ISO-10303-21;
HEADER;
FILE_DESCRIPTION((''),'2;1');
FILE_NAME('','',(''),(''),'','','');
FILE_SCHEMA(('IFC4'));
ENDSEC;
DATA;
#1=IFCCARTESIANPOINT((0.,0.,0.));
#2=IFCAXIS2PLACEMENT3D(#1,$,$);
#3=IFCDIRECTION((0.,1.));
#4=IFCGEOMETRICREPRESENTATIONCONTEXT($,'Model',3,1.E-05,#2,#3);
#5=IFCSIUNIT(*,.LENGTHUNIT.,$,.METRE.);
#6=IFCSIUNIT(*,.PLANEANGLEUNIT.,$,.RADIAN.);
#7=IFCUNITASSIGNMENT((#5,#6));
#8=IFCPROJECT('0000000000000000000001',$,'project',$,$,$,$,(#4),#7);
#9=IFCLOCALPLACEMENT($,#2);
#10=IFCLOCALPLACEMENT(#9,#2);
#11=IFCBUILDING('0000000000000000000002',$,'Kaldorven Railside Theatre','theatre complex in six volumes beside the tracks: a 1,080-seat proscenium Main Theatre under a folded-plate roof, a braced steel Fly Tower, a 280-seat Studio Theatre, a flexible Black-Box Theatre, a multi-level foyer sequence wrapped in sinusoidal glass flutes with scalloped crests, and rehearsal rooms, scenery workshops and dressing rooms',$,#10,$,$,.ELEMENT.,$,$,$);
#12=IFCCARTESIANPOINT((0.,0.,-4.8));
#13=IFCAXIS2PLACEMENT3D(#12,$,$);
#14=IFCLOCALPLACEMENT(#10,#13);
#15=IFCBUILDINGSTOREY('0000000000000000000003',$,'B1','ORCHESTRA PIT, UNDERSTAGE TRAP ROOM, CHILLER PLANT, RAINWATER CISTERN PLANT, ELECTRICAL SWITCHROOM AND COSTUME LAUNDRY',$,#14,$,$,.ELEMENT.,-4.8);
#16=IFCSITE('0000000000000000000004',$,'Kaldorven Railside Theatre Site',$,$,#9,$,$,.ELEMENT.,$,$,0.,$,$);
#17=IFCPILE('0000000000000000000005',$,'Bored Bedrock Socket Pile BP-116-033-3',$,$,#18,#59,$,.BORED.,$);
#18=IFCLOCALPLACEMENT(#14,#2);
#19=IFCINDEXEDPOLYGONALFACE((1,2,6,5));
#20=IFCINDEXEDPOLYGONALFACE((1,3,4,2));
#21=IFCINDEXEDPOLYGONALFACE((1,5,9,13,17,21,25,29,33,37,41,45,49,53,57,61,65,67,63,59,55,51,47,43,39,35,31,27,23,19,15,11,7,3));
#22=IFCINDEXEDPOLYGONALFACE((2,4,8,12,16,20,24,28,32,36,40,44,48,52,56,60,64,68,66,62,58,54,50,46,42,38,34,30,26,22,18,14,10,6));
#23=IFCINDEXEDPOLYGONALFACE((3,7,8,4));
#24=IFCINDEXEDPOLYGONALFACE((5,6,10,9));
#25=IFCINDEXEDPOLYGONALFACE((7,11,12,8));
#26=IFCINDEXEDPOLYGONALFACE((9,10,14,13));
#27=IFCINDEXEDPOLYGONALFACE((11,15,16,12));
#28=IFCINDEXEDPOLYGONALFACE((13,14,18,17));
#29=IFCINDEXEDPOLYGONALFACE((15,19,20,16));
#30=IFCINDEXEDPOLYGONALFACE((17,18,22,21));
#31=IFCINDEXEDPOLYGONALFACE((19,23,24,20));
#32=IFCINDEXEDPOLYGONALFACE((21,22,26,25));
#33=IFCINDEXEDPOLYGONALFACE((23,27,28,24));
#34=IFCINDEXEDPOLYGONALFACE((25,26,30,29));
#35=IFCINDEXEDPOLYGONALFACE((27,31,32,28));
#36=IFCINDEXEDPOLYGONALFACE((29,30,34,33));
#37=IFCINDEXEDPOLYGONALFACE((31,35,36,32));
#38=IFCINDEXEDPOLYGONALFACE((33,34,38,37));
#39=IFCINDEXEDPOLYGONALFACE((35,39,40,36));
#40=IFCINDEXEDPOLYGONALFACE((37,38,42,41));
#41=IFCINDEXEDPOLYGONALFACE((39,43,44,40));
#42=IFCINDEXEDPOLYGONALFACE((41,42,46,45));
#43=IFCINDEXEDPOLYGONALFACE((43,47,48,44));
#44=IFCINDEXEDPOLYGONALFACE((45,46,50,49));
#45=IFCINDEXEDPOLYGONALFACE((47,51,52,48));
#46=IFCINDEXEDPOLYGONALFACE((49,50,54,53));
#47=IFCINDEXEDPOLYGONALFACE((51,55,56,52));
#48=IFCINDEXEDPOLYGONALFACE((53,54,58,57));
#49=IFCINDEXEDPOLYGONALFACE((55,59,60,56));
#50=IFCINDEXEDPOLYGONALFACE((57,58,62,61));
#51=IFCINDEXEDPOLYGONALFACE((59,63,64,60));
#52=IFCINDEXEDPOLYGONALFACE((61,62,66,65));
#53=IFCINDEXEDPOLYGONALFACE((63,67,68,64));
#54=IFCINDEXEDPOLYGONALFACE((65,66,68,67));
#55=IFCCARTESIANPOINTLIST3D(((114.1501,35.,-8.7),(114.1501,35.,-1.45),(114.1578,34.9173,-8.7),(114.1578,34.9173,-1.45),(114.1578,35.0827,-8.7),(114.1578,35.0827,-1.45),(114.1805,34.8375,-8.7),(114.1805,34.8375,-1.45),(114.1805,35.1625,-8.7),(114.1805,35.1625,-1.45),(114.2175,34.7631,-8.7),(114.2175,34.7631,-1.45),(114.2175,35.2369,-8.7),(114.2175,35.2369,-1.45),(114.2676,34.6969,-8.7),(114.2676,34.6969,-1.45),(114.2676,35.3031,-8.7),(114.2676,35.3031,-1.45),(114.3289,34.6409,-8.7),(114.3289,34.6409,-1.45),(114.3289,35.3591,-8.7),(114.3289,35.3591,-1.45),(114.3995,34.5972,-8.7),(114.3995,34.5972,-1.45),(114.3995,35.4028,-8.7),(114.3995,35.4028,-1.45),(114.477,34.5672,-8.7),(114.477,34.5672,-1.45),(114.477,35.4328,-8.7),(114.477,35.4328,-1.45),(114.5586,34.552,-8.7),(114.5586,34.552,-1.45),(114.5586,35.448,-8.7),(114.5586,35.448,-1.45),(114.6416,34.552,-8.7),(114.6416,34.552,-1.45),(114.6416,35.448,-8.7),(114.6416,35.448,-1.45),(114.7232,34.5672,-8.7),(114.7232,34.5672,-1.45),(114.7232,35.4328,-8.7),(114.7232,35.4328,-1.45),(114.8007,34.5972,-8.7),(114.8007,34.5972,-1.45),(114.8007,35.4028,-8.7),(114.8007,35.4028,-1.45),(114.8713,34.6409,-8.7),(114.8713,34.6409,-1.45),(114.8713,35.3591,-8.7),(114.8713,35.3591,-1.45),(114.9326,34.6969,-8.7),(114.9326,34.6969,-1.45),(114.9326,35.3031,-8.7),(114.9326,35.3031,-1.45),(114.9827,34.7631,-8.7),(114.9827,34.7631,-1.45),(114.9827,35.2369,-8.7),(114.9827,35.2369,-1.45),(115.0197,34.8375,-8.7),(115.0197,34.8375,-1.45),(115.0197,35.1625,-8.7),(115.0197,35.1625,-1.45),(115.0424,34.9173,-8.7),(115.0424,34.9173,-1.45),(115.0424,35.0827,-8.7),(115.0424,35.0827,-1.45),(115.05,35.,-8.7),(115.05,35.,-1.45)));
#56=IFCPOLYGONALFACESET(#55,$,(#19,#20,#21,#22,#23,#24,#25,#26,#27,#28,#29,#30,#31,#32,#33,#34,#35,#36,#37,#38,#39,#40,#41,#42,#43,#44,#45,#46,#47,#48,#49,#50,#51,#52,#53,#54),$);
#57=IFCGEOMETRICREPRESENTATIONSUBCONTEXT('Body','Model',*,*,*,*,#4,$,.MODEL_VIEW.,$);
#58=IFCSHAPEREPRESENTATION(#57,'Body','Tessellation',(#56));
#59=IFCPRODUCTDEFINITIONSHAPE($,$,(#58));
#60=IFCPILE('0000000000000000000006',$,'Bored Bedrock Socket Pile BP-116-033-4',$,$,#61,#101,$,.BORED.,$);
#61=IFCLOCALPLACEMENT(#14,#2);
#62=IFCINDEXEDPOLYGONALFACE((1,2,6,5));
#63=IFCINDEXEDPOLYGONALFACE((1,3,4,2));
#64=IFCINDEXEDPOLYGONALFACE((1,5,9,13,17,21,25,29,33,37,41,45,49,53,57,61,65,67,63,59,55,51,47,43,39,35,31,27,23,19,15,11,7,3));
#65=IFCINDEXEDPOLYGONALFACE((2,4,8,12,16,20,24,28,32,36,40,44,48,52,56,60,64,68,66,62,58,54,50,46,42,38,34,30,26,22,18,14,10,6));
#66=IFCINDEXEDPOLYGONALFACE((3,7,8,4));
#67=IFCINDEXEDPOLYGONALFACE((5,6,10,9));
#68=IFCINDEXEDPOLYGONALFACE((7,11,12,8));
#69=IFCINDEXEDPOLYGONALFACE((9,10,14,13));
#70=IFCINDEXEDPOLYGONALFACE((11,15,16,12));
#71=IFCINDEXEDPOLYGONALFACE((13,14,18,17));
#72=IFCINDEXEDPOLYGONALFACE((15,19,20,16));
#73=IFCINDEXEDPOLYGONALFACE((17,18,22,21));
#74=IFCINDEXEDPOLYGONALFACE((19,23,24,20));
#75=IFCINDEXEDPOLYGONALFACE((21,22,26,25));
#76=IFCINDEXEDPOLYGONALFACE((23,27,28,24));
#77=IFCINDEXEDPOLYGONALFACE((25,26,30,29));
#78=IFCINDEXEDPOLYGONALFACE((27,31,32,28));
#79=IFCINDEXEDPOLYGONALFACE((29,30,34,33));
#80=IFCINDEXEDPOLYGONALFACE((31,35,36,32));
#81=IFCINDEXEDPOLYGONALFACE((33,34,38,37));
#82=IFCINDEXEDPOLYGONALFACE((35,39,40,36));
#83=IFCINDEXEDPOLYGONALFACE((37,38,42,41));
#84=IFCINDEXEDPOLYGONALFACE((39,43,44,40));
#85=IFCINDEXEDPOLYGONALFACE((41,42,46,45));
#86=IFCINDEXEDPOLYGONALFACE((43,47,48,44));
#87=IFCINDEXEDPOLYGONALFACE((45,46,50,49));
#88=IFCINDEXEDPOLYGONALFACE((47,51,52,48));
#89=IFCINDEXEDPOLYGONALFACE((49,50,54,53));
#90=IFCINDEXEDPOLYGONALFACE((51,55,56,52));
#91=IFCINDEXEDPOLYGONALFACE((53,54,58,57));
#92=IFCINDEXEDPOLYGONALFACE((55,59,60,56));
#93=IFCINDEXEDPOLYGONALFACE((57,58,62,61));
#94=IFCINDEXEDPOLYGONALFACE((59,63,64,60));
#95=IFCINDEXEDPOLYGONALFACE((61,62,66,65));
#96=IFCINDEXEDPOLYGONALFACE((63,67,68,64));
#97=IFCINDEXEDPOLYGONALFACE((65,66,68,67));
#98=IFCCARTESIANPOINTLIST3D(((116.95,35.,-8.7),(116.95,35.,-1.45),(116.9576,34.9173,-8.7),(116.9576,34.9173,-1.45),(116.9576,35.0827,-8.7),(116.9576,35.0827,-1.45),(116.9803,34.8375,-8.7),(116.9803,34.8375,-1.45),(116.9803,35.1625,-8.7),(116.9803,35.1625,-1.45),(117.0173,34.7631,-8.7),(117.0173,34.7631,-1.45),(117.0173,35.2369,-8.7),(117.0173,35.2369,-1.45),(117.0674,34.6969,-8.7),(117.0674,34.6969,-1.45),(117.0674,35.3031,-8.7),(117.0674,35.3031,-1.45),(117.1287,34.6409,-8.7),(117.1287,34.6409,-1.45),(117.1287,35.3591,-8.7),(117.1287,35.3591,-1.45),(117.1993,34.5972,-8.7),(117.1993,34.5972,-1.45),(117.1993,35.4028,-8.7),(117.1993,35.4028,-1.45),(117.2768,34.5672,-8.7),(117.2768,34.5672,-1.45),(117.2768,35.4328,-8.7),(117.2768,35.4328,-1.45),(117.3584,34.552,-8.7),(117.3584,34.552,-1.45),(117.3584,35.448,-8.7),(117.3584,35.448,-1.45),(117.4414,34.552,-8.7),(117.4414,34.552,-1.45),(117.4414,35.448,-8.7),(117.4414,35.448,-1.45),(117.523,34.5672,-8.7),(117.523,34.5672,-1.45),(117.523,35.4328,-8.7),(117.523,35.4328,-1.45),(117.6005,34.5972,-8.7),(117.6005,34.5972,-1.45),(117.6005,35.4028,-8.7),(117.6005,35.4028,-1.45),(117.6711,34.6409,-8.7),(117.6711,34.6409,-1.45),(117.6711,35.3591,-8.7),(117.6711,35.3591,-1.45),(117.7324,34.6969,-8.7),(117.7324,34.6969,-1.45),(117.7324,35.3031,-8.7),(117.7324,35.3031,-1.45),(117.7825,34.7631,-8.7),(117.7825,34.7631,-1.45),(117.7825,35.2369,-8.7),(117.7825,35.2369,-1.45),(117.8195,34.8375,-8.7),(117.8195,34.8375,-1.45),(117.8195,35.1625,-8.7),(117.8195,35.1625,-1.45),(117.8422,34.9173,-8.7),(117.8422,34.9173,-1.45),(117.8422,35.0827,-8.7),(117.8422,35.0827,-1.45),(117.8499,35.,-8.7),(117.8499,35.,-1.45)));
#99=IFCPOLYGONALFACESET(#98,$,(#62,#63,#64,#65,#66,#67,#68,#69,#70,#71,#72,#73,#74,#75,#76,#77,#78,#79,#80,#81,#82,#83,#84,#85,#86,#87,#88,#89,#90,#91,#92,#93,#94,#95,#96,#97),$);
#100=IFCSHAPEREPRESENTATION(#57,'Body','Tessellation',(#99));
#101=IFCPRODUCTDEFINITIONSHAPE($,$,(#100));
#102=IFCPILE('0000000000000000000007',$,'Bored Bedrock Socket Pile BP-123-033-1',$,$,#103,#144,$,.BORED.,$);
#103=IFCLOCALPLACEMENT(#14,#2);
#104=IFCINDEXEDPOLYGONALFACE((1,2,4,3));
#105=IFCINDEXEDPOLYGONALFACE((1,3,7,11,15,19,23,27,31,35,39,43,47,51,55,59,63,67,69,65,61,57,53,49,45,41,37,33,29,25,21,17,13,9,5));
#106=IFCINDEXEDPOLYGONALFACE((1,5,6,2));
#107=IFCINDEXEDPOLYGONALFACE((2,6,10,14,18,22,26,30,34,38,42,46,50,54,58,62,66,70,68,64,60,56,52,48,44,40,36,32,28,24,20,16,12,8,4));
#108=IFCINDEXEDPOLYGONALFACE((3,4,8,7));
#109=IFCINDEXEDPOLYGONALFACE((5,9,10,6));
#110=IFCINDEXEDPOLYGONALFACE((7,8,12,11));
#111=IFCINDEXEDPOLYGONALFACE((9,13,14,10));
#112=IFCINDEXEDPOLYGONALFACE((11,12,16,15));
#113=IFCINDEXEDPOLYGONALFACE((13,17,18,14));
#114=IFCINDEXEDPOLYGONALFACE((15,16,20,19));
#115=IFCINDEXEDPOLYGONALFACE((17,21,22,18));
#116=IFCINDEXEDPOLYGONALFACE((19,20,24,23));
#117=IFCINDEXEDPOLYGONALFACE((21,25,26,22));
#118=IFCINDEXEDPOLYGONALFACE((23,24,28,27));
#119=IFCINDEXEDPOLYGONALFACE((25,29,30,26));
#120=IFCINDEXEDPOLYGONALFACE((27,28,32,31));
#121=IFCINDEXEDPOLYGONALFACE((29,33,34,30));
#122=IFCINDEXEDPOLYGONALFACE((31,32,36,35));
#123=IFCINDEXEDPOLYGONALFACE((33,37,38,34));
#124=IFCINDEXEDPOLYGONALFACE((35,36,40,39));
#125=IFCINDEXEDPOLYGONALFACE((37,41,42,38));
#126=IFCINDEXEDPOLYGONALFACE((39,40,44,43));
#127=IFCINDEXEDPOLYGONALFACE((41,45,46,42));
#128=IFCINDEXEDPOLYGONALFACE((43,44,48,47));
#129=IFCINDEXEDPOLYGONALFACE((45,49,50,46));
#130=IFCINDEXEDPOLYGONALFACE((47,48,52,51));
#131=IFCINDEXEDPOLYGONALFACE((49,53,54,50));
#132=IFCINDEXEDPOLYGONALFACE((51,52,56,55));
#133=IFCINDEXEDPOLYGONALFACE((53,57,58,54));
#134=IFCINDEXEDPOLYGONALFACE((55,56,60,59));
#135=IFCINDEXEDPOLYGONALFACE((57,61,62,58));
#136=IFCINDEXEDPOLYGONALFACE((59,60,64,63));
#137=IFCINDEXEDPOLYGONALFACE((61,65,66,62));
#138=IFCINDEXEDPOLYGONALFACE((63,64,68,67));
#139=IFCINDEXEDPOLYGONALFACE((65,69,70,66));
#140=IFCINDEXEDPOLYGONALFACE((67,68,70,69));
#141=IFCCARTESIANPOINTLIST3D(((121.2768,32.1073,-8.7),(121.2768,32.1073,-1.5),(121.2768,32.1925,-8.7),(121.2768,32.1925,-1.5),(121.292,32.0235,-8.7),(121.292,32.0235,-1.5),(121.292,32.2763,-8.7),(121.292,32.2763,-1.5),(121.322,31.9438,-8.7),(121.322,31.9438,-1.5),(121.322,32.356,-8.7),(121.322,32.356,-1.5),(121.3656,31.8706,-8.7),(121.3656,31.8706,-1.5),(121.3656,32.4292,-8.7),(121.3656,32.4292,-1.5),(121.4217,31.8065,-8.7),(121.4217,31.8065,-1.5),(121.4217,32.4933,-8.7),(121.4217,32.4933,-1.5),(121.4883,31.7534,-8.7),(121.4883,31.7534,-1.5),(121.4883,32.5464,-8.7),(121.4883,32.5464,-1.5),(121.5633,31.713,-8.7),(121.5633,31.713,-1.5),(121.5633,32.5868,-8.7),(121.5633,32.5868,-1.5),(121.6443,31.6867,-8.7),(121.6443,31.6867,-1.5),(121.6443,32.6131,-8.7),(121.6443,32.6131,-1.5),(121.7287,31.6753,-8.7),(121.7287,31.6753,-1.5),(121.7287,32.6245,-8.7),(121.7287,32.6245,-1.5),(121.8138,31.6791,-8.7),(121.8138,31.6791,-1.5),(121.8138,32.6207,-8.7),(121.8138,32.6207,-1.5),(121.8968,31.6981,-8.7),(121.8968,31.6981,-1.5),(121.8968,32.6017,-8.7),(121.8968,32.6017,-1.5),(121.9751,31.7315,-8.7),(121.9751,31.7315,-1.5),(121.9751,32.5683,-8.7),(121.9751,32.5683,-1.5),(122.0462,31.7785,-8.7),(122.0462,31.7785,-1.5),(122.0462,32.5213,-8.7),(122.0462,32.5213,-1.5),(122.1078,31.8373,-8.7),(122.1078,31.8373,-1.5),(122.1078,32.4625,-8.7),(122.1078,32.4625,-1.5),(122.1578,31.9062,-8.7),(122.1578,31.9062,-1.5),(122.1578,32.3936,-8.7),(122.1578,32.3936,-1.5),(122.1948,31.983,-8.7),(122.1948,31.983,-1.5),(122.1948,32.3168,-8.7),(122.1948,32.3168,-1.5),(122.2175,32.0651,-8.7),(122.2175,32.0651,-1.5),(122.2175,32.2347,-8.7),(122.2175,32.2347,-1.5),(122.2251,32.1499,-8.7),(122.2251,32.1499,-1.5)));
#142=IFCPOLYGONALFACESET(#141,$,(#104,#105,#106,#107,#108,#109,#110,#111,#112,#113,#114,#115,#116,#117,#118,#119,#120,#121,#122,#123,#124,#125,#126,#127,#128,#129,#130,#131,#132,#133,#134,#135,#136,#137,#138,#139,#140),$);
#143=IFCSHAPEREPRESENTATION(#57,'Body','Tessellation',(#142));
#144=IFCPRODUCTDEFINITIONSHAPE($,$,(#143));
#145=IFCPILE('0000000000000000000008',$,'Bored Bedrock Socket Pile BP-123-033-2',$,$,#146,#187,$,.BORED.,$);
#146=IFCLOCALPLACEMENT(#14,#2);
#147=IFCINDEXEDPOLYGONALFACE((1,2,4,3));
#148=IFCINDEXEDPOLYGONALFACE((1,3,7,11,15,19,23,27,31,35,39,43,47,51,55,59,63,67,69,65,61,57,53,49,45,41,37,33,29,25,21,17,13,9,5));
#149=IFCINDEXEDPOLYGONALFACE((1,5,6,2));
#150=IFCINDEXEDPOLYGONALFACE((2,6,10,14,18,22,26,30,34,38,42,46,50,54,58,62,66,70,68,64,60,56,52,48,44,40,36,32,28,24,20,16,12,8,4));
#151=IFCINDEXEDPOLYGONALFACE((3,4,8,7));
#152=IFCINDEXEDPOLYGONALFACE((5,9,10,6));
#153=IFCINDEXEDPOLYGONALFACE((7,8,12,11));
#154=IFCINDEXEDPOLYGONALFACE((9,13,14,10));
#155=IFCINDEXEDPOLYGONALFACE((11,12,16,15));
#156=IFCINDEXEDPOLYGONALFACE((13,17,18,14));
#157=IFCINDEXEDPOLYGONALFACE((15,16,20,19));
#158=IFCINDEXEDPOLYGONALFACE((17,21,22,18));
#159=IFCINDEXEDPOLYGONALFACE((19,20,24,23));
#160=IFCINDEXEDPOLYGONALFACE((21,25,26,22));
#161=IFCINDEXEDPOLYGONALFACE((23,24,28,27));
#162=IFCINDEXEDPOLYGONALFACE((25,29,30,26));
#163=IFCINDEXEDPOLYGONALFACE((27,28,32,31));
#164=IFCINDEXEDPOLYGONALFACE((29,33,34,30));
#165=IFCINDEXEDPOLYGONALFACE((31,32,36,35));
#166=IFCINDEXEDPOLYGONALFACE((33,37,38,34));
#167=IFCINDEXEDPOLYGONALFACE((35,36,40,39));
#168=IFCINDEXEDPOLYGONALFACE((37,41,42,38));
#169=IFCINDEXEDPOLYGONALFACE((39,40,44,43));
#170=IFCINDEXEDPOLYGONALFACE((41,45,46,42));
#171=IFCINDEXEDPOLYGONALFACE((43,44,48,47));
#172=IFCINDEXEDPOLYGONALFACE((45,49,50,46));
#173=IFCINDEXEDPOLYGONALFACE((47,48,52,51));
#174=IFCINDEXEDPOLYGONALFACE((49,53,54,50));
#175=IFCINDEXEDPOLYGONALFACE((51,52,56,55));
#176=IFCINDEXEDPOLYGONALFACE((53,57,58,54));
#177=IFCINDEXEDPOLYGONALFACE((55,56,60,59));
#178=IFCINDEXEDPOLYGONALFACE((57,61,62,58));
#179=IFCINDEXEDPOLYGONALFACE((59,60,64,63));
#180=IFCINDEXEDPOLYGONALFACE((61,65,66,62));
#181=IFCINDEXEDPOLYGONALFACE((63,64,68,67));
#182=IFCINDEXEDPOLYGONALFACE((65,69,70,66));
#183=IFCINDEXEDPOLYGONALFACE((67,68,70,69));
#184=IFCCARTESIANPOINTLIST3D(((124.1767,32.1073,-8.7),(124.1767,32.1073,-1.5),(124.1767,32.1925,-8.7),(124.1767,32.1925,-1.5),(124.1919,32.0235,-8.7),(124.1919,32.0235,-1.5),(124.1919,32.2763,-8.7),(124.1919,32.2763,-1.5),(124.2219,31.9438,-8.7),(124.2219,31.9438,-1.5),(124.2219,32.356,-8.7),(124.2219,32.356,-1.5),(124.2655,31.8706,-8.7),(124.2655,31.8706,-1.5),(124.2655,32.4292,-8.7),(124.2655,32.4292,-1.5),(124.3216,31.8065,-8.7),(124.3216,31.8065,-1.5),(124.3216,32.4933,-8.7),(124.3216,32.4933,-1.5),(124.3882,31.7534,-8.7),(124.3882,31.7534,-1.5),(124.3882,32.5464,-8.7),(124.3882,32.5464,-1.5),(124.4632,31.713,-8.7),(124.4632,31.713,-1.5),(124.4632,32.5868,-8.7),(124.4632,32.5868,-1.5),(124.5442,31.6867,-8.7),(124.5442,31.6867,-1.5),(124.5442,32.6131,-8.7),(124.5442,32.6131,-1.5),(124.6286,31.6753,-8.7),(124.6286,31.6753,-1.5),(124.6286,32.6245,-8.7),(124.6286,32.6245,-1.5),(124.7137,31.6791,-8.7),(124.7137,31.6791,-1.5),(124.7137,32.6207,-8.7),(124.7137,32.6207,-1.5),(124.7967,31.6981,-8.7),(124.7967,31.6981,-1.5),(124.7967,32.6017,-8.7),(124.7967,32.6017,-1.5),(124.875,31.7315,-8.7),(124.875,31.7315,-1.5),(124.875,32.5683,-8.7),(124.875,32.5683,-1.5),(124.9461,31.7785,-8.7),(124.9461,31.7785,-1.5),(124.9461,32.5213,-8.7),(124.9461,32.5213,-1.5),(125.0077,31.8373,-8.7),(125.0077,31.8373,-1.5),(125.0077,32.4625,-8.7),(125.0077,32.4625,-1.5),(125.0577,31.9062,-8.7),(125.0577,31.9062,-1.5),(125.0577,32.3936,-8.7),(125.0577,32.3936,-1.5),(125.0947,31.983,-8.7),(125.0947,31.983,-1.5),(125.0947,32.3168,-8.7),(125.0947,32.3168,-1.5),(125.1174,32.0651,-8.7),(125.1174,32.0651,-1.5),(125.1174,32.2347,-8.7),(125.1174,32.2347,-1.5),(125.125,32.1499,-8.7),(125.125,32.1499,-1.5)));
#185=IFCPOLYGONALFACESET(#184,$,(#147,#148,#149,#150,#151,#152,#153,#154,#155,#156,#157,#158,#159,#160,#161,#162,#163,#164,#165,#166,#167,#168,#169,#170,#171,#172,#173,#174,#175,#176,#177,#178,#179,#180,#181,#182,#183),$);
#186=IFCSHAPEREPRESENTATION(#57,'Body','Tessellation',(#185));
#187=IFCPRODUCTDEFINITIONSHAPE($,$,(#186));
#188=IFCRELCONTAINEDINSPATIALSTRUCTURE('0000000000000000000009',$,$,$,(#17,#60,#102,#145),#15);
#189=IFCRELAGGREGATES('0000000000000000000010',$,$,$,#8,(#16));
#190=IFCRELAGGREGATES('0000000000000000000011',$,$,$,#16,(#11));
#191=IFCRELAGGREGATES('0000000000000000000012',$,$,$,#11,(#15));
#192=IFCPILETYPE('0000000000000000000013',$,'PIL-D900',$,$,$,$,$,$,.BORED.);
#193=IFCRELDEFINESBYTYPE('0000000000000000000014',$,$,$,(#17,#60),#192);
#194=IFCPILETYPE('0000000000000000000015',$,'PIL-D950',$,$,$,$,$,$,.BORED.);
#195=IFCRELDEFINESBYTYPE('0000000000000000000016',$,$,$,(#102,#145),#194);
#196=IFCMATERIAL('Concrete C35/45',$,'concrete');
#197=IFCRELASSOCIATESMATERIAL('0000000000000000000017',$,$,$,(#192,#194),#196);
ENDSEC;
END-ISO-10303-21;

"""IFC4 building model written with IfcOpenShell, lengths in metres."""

from ifc_helpers import new_model, si_unit, direction, frame, origin, origin_2d, place, context, subcontext, project, spatial, circle, extrude, material, material_profile, profile_set, type_object, element, save


model = new_model("IFC4")

# Units and contexts
model_context = context("Model", 3, precision=1e-05, world=origin(), true_north=direction((0.0, 1.0)))
body_context = subcontext(model_context, "Body", "Model", "MODEL_VIEW")
ifc_project = project(units=[si_unit("LENGTHUNIT", "METRE"), si_unit("PLANEANGLEUNIT", "RADIAN")], contexts=[model_context])

# Site, building, storey
site_placement = place(None, origin())
site = spatial("IfcSite", under=ifc_project, at=site_placement, Name="Kaldorven Railside Theatre Site", CompositionType="ELEMENT", RefElevation=0.0)
building_placement = place(site_placement, origin())
building = spatial("IfcBuilding", under=site, at=building_placement, Name="Kaldorven Railside Theatre", Description="theatre complex in six volumes beside the tracks: a 1,080-seat proscenium Main Theatre under a folded-plate roof, a braced steel Fly Tower, a 280-seat Studio Theatre, a flexible Black-Box Theatre, a multi-level foyer sequence wrapped in sinusoidal glass flutes with scalloped crests, and rehearsal rooms, scenery workshops and dressing rooms", CompositionType="ELEMENT")
storey_placement = place(building_placement, frame((0.0, 0.0, -4.8)))
storey = spatial("IfcBuildingStorey", under=building, at=storey_placement, Name="B1", Description="ORCHESTRA PIT, UNDERSTAGE TRAP ROOM, CHILLER PLANT, RAINWATER CISTERN PLANT, ELECTRICAL SWITCHROOM AND COSTUME LAUNDRY", CompositionType="ELEMENT", Elevation=-4.8)

# Piles
ifc_material_1 = material(Name="Concrete C35/45", Category="concrete")
ifc_material_profile_1 = material_profile(ifc_material_1, circle(Radius=0.45, at=origin_2d()), Name="BP D900")
ifc_profile_set_1 = profile_set([ifc_material_profile_1], Name="Concrete C35/45")
pile_type_1 = type_object("IfcPileType", Name="PIL-D900", PredefinedType="BORED", material=ifc_profile_set_1)
for number, where, z_axis, x_axis, name in (
    (1, (114.6001, 35.0, -1.45), (0.0, 0.0, -1.0), (1.0, 0.0, 0.0), "Bored Bedrock Socket Pile BP-116-033-3"),
    (2, (117.3999, 35.0, -1.45), (0.0, 0.0, -1.0), (1.0, 0.0, 0.0), "Bored Bedrock Socket Pile BP-116-033-4"),
):
    element("IfcPile", number, at=place(storey_placement, frame(where, z_axis=z_axis, x_axis=x_axis)), inside=storey, type_object=pile_type_1, Name=name, PredefinedType="BORED", context=body_context, shape_type="SweptSolid", body=[
        extrude(circle(Radius=0.45, at=origin_2d()), origin(), (0.0, 0.0, 1.0), 7.25),
    ])
ifc_material_profile_2 = material_profile(ifc_material_1, circle(Radius=0.4751, at=origin_2d()), Name="BP D950")
ifc_profile_set_2 = profile_set([ifc_material_profile_2], Name="Concrete C35/45")
pile_type_2 = type_object("IfcPileType", Name="PIL-D950", PredefinedType="BORED", material=ifc_profile_set_2)
for number, where, z_axis, x_axis, name in (
    (3, (121.75, 32.1499, -1.5), (0.0, 0.0, -1.0), (1.0, 0.0, 0.0), "Bored Bedrock Socket Pile BP-123-033-1"),
    (4, (124.6499, 32.1499, -1.5), (0.0, 0.0, -1.0), (1.0, 0.0, 0.0), "Bored Bedrock Socket Pile BP-123-033-2"),
):
    element("IfcPile", number, at=place(storey_placement, frame(where, z_axis=z_axis, x_axis=x_axis)), inside=storey, type_object=pile_type_2, Name=name, PredefinedType="BORED", context=body_context, shape_type="SweptSolid", body=[
        extrude(circle(Radius=0.4751, at=origin_2d()), origin(), (0.0, 0.0, 1.0), 7.2),
    ])

save(model, "model.ifc")
